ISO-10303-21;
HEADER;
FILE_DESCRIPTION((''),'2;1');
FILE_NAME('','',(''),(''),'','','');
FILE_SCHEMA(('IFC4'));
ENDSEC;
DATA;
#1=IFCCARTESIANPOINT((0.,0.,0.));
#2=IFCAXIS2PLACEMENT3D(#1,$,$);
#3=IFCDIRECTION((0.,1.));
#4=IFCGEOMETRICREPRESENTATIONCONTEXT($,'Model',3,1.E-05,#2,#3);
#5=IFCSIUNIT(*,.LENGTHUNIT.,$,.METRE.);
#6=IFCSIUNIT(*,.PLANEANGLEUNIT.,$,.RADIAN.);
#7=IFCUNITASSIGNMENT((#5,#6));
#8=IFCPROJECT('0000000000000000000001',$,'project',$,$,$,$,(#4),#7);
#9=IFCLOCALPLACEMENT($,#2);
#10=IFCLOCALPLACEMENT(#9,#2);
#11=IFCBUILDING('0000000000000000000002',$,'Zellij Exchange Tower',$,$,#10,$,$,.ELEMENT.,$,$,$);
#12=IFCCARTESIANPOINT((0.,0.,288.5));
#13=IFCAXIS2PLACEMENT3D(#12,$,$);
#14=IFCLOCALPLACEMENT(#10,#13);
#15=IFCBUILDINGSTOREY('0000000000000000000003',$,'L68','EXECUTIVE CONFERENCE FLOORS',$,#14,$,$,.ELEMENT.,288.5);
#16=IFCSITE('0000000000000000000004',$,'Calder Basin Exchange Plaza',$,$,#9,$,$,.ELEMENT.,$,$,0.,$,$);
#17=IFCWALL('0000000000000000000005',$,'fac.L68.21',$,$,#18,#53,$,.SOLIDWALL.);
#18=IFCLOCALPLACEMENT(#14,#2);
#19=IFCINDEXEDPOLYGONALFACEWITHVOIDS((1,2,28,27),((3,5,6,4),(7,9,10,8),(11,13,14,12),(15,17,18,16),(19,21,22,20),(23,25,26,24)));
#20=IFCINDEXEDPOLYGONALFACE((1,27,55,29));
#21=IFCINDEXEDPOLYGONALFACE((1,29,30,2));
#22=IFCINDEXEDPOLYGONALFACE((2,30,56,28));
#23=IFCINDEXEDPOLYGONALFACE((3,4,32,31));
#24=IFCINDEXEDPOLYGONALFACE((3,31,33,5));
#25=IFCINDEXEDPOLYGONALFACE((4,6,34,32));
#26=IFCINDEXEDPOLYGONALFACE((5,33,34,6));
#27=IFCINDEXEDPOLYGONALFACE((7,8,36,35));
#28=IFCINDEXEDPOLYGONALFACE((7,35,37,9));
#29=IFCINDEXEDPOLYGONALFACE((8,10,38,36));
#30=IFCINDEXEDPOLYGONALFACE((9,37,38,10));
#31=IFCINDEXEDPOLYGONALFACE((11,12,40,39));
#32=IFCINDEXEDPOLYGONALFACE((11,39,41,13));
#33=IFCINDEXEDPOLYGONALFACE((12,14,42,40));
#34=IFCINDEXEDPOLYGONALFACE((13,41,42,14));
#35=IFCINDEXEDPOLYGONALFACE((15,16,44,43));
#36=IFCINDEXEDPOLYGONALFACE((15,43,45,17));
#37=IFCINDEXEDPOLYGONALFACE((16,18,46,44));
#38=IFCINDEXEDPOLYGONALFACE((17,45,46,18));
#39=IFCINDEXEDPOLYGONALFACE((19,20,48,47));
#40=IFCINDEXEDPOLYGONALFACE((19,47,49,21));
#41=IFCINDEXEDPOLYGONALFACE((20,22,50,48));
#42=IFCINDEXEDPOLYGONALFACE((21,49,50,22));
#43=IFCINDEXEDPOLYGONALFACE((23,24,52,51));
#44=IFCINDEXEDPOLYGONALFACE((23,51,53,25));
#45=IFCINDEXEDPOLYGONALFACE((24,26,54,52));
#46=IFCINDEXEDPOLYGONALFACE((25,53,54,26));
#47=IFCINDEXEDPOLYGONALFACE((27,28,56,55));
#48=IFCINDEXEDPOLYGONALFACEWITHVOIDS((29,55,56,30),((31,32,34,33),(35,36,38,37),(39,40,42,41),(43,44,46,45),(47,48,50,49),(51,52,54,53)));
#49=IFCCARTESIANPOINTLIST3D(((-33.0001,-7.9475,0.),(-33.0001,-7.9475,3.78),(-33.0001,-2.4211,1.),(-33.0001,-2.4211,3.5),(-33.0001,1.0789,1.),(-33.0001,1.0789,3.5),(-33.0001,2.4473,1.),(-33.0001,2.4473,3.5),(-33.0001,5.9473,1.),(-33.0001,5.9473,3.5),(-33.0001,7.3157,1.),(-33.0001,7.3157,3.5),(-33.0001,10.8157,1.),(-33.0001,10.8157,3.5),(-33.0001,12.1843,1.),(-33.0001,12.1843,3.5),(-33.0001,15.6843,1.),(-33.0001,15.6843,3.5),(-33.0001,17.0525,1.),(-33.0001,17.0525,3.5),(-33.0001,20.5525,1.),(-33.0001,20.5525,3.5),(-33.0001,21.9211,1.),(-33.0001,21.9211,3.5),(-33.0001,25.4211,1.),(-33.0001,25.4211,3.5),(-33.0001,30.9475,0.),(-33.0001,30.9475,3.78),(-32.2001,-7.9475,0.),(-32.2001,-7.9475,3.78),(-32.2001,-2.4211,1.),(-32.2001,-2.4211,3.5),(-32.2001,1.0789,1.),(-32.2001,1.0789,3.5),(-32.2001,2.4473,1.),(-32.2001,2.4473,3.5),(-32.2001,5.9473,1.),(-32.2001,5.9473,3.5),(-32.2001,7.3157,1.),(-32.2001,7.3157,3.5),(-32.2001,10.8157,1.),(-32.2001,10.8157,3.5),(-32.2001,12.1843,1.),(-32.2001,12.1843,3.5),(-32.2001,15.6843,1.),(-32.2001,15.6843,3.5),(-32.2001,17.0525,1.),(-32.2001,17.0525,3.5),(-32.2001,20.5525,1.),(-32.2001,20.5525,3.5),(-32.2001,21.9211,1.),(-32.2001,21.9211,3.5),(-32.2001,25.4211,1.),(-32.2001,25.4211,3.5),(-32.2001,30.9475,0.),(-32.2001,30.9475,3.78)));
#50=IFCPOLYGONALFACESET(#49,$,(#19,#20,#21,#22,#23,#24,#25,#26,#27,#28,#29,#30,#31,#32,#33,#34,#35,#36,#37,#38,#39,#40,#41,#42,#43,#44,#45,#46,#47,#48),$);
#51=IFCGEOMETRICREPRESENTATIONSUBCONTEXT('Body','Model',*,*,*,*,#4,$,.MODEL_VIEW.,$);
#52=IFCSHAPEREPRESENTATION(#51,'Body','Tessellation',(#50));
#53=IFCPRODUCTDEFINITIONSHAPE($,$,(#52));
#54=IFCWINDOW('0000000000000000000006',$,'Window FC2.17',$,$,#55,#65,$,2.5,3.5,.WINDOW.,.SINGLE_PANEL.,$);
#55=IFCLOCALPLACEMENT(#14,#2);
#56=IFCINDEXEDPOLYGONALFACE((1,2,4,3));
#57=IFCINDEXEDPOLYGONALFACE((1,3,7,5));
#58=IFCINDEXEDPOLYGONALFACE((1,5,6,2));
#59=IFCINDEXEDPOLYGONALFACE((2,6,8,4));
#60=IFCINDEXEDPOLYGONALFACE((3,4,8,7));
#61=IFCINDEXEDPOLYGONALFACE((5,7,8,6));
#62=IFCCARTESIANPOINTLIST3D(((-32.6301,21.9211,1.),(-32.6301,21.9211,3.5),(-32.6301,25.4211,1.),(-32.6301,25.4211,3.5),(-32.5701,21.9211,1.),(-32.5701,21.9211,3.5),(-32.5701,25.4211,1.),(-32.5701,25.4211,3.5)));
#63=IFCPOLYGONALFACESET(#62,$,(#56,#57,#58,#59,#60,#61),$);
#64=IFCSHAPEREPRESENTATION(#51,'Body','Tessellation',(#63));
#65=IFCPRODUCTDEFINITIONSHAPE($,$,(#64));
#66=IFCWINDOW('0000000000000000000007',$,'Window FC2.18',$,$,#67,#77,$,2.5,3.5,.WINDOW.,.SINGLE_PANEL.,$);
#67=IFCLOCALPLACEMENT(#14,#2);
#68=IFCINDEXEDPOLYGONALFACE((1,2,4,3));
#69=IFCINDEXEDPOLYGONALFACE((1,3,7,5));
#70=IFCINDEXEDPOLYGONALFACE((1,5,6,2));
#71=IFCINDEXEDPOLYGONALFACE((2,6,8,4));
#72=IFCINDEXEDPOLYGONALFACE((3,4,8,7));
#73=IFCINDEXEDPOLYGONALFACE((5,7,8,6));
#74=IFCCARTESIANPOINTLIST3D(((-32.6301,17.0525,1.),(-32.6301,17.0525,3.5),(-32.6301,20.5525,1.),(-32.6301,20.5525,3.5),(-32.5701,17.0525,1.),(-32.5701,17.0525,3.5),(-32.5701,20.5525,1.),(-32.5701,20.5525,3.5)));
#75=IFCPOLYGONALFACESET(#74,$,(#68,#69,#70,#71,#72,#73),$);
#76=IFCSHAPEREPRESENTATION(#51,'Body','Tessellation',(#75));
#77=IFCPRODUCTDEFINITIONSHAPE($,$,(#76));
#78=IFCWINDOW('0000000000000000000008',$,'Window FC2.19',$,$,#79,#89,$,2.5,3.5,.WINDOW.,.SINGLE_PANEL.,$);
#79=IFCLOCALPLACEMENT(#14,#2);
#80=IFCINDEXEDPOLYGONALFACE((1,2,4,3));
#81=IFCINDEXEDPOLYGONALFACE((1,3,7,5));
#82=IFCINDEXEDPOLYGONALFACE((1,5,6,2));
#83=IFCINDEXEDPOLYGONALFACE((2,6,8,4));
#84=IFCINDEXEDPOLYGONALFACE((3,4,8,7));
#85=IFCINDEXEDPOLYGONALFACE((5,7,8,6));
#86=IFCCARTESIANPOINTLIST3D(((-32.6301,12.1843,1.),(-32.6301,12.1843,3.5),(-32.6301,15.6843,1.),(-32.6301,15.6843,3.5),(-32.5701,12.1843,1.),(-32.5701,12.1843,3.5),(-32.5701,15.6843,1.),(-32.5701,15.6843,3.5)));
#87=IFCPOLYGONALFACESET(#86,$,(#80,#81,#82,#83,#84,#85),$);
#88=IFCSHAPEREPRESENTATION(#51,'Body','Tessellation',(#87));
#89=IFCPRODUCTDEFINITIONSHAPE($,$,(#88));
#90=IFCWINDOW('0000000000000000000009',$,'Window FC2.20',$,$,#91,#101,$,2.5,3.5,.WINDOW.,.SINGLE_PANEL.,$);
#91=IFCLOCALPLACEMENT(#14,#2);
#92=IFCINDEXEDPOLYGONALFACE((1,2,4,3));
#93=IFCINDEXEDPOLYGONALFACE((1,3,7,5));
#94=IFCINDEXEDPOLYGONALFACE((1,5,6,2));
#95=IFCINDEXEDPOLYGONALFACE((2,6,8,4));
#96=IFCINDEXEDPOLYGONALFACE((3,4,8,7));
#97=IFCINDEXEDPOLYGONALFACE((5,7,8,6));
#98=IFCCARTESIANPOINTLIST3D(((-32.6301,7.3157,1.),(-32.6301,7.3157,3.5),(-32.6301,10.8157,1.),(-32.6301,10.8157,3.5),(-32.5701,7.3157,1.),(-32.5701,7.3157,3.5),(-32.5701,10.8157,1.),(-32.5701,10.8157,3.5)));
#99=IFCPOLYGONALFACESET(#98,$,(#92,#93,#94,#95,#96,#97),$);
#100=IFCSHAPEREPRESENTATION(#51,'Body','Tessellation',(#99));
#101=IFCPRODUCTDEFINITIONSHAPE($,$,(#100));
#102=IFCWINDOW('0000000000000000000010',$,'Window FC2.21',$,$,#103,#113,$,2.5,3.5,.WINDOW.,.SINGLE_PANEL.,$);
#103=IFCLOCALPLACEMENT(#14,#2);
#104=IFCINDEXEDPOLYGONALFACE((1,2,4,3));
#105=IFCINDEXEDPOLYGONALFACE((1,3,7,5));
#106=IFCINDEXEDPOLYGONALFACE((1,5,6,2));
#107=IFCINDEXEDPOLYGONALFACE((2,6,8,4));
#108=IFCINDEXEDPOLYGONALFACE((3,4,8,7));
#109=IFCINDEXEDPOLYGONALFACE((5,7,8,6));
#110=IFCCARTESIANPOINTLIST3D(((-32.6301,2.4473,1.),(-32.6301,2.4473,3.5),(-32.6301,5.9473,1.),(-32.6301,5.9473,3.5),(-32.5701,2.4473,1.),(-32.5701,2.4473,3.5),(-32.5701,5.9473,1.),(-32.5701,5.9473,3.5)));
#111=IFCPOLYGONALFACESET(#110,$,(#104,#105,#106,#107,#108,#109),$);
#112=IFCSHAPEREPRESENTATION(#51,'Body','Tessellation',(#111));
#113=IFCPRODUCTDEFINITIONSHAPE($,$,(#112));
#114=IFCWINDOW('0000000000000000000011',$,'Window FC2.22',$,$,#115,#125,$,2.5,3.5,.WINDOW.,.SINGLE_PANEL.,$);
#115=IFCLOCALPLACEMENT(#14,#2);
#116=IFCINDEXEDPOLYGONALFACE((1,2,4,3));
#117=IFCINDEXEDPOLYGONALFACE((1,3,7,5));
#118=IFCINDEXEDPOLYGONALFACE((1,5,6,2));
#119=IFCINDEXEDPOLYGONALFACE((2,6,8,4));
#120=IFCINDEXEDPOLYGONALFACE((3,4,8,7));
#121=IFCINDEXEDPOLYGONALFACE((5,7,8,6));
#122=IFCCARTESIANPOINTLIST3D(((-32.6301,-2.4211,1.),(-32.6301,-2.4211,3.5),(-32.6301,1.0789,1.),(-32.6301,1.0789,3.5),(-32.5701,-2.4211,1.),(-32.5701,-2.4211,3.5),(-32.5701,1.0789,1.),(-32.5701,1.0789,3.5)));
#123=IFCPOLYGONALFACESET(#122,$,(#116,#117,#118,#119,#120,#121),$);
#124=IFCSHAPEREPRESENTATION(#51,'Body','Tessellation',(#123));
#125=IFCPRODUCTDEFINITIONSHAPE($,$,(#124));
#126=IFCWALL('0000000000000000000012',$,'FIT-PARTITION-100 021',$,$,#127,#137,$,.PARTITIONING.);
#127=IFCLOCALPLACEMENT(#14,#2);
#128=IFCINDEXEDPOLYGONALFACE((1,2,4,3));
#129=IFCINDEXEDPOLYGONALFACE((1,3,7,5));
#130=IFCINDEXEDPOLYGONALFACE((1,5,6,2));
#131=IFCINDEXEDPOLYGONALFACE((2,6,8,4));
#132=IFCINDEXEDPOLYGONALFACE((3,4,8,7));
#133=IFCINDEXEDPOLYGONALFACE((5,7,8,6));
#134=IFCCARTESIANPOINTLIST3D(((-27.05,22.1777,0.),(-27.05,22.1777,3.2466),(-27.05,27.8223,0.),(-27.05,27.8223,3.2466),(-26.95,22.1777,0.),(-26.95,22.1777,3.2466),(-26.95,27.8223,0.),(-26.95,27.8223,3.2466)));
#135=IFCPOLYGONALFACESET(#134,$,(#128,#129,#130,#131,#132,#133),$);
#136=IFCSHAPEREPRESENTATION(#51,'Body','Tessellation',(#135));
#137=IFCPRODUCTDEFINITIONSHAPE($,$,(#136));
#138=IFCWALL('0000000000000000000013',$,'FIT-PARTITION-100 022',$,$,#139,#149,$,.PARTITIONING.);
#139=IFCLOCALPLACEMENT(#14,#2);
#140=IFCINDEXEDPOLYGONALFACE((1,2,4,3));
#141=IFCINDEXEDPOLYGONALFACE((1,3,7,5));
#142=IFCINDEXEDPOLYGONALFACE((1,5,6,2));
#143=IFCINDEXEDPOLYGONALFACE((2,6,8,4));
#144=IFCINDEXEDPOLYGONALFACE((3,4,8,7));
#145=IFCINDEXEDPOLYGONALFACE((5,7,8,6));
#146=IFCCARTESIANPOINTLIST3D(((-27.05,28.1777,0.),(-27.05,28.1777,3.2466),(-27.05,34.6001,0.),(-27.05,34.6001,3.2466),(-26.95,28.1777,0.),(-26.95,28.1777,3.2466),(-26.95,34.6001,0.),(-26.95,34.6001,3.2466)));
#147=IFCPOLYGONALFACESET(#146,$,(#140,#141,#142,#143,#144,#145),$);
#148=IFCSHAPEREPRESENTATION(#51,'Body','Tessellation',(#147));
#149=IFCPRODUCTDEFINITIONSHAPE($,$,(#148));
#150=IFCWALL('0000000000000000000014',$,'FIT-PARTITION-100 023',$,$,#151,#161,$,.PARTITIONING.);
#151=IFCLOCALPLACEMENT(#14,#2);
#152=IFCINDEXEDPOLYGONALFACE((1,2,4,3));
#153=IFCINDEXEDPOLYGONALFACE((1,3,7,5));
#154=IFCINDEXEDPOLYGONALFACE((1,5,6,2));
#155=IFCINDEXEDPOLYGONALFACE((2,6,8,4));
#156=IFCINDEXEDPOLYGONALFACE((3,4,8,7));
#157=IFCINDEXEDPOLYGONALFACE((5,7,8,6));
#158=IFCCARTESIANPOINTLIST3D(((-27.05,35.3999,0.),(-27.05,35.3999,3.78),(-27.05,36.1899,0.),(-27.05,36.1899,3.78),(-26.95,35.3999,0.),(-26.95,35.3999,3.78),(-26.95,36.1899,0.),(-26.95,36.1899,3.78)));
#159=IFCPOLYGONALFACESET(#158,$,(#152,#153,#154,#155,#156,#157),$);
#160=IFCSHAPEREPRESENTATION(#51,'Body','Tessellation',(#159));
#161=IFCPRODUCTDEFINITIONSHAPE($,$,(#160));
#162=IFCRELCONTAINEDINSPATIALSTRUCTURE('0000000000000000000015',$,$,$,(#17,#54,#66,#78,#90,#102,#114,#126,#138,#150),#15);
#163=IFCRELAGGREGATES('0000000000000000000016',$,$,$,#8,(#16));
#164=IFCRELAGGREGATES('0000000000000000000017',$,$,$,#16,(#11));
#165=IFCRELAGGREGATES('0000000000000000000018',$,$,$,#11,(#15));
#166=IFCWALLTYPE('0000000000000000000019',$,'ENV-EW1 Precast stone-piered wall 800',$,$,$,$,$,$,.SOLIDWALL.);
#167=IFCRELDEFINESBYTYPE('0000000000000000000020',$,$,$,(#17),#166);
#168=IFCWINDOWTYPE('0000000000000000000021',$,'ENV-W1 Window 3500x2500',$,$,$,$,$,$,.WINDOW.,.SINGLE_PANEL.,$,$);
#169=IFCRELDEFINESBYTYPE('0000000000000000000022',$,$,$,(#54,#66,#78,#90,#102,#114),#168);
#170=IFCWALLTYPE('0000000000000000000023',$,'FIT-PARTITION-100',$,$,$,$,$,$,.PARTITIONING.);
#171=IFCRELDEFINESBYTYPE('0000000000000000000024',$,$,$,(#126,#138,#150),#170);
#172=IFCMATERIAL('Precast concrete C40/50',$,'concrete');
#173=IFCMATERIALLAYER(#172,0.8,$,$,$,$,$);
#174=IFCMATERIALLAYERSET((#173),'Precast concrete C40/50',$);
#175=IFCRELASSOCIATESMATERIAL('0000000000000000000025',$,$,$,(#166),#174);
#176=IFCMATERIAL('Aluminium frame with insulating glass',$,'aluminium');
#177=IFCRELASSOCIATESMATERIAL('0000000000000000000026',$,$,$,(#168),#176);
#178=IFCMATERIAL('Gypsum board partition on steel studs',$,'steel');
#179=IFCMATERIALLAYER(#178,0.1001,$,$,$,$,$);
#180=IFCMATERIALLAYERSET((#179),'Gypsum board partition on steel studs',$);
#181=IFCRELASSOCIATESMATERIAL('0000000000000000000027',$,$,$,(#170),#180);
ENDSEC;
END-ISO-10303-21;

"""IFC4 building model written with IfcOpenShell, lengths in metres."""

from ifc_helpers import new_model, si_unit, direction, frame, frame_2d, origin, place, context, subcontext, project, spatial, rectangle, extrude, material, layer, layer_set, type_object, element, fill, save


model = new_model("IFC4")

# Units and contexts
model_context = context("Model", 3, precision=1e-05, world=origin(), true_north=direction((0.0, 1.0)))
body_context = subcontext(model_context, "Body", "Model", "MODEL_VIEW")
ifc_project = project(units=[si_unit("LENGTHUNIT", "METRE"), si_unit("PLANEANGLEUNIT", "RADIAN")], contexts=[model_context])

# Site, building, storey
site_placement = place(None, origin())
site = spatial("IfcSite", under=ifc_project, at=site_placement, Name="Calder Basin Exchange Plaza", CompositionType="ELEMENT", RefElevation=0.0)
building_placement = place(site_placement, origin())
building = spatial("IfcBuilding", under=site, at=building_placement, Name="Zellij Exchange Tower", CompositionType="ELEMENT")
storey_placement = place(building_placement, frame((0.0, 0.0, 288.5)))
storey = spatial("IfcBuildingStorey", under=building, at=storey_placement, Name="L68", Description="EXECUTIVE CONFERENCE FLOORS", CompositionType="ELEMENT", Elevation=288.5)

# Shared definitions
ifc_material_1 = material(Name="Precast concrete C40/50", Category="concrete")
ifc_layer_1 = layer(ifc_material_1, 0.8)
ifc_layer_set_1 = layer_set([ifc_layer_1], Name="Precast concrete C40/50")
wall_type_1 = type_object("IfcWallType", Name="ENV-EW1 Precast stone-piered wall 800", PredefinedType="SOLIDWALL", material=ifc_layer_set_1)

# Wall, openings, windows
wall_1_placement = place(storey_placement, frame((-32.6001, 30.9475, 0.0), z_axis=(0.0, 0.0, 1.0), x_axis=(0.0, -1.0, 0.0)))
wall_1 = element("IfcWall", 1, at=wall_1_placement, inside=storey, type_object=wall_type_1, Name="fac.L68.21", PredefinedType="SOLIDWALL", context=body_context, shape_type="SweptSolid", body=[
    extrude(rectangle(XDim=38.895, YDim=0.8, at=frame_2d((19.4475, 0.0))), origin(), (0.0, 0.0, 1.0), 3.78),
])
opening_1_placement = place(wall_1_placement, frame((5.5264, 0.0, 1.0)))
opening_1 = element("IfcOpeningElement", 2, at=opening_1_placement, cuts=wall_1, PredefinedType="OPENING", context=body_context, shape_type="SweptSolid", body=[
    extrude(rectangle(XDim=3.5, YDim=2.5, at=frame_2d((1.75, 1.25))), frame((0.0, 0.4121, 0.0), z_axis=(0.0, -1.0, 0.0), x_axis=(1.0, 0.0, 0.0)), (0.0, 0.0, 1.0), 0.824),
])
opening_2_placement = place(wall_1_placement, frame((10.395, 0.0, 1.0)))
opening_2 = element("IfcOpeningElement", 3, at=opening_2_placement, cuts=wall_1, PredefinedType="OPENING", context=body_context, shape_type="SweptSolid", body=[
    extrude(rectangle(XDim=3.5, YDim=2.5, at=frame_2d((1.75, 1.25))), frame((0.0, 0.4121, 0.0), z_axis=(0.0, -1.0, 0.0), x_axis=(1.0, 0.0, 0.0)), (0.0, 0.0, 1.0), 0.824),
])
opening_3_placement = place(wall_1_placement, frame((15.2632, 0.0, 1.0)))
opening_3 = element("IfcOpeningElement", 4, at=opening_3_placement, cuts=wall_1, PredefinedType="OPENING", context=body_context, shape_type="SweptSolid", body=[
    extrude(rectangle(XDim=3.5, YDim=2.5, at=frame_2d((1.75, 1.25))), frame((0.0, 0.4121, 0.0), z_axis=(0.0, -1.0, 0.0), x_axis=(1.0, 0.0, 0.0)), (0.0, 0.0, 1.0), 0.824),
])
opening_4_placement = place(wall_1_placement, frame((20.1318, 0.0, 1.0)))
opening_4 = element("IfcOpeningElement", 5, at=opening_4_placement, cuts=wall_1, PredefinedType="OPENING", context=body_context, shape_type="SweptSolid", body=[
    extrude(rectangle(XDim=3.5, YDim=2.5, at=frame_2d((1.75, 1.25))), frame((0.0, 0.4121, 0.0), z_axis=(0.0, -1.0, 0.0), x_axis=(1.0, 0.0, 0.0)), (0.0, 0.0, 1.0), 0.824),
])
opening_5_placement = place(wall_1_placement, frame((25.0002, 0.0, 1.0)))
opening_5 = element("IfcOpeningElement", 6, at=opening_5_placement, cuts=wall_1, PredefinedType="OPENING", context=body_context, shape_type="SweptSolid", body=[
    extrude(rectangle(XDim=3.5, YDim=2.5, at=frame_2d((1.75, 1.25))), frame((0.0, 0.4121, 0.0), z_axis=(0.0, -1.0, 0.0), x_axis=(1.0, 0.0, 0.0)), (0.0, 0.0, 1.0), 0.824),
])
opening_6_placement = place(wall_1_placement, frame((29.8687, 0.0, 1.0)))
opening_6 = element("IfcOpeningElement", 7, at=opening_6_placement, cuts=wall_1, PredefinedType="OPENING", context=body_context, shape_type="SweptSolid", body=[
    extrude(rectangle(XDim=3.5, YDim=2.5, at=frame_2d((1.75, 1.25))), frame((0.0, 0.4121, 0.0), z_axis=(0.0, -1.0, 0.0), x_axis=(1.0, 0.0, 0.0)), (0.0, 0.0, 1.0), 0.824),
])
ifc_material_2 = material(Name="Aluminium frame with insulating glass", Category="aluminium")
window_type = type_object("IfcWindowType", Name="ENV-W1 Window 3500x2500", PartitioningType="SINGLE_PANEL", PredefinedType="WINDOW", material=ifc_material_2)
window_1_placement = place(opening_1_placement, origin())
window_1 = element("IfcWindow", 8, at=window_1_placement, inside=storey, type_object=window_type, Name="Window FC2.17", OverallHeight=2.5, OverallWidth=3.5, PartitioningType="SINGLE_PANEL", PredefinedType="WINDOW", context=body_context, shape_type="SweptSolid", body=[
    extrude(rectangle(XDim=3.5, YDim=2.5, at=frame_2d((1.75, 1.25))), frame((0.0, 0.03, 0.0), z_axis=(0.0, -1.0, 0.0), x_axis=(1.0, 0.0, 0.0)), (0.0, 0.0, 1.0), 0.0601),
])
fill(opening_1, window_1)
window_2_placement = place(opening_2_placement, origin())
window_2 = element("IfcWindow", 9, at=window_2_placement, inside=storey, type_object=window_type, Name="Window FC2.18", OverallHeight=2.5, OverallWidth=3.5, PartitioningType="SINGLE_PANEL", PredefinedType="WINDOW", context=body_context, shape_type="SweptSolid", body=[
    extrude(rectangle(XDim=3.5, YDim=2.5, at=frame_2d((1.75, 1.25))), frame((0.0, 0.03, 0.0), z_axis=(0.0, -1.0, 0.0), x_axis=(1.0, 0.0, 0.0)), (0.0, 0.0, 1.0), 0.0601),
])
fill(opening_2, window_2)
window_3_placement = place(opening_3_placement, origin())
window_3 = element("IfcWindow", 10, at=window_3_placement, inside=storey, type_object=window_type, Name="Window FC2.19", OverallHeight=2.5, OverallWidth=3.5, PartitioningType="SINGLE_PANEL", PredefinedType="WINDOW", context=body_context, shape_type="SweptSolid", body=[
    extrude(rectangle(XDim=3.5, YDim=2.5, at=frame_2d((1.75, 1.25))), frame((0.0, 0.03, 0.0), z_axis=(0.0, -1.0, 0.0), x_axis=(1.0, 0.0, 0.0)), (0.0, 0.0, 1.0), 0.0601),
])
fill(opening_3, window_3)
window_4_placement = place(opening_4_placement, origin())
window_4 = element("IfcWindow", 11, at=window_4_placement, inside=storey, type_object=window_type, Name="Window FC2.20", OverallHeight=2.5, OverallWidth=3.5, PartitioningType="SINGLE_PANEL", PredefinedType="WINDOW", context=body_context, shape_type="SweptSolid", body=[
    extrude(rectangle(XDim=3.5, YDim=2.5, at=frame_2d((1.75, 1.25))), frame((0.0, 0.03, 0.0), z_axis=(0.0, -1.0, 0.0), x_axis=(1.0, 0.0, 0.0)), (0.0, 0.0, 1.0), 0.0601),
])
fill(opening_4, window_4)
window_5_placement = place(opening_5_placement, origin())
window_5 = element("IfcWindow", 12, at=window_5_placement, inside=storey, type_object=window_type, Name="Window FC2.21", OverallHeight=2.5, OverallWidth=3.5, PartitioningType="SINGLE_PANEL", PredefinedType="WINDOW", context=body_context, shape_type="SweptSolid", body=[
    extrude(rectangle(XDim=3.5, YDim=2.5, at=frame_2d((1.75, 1.25))), frame((0.0, 0.03, 0.0), z_axis=(0.0, -1.0, 0.0), x_axis=(1.0, 0.0, 0.0)), (0.0, 0.0, 1.0), 0.0601),
])
fill(opening_5, window_5)
window_6_placement = place(opening_6_placement, origin())
window_6 = element("IfcWindow", 13, at=window_6_placement, inside=storey, type_object=window_type, Name="Window FC2.22", OverallHeight=2.5, OverallWidth=3.5, PartitioningType="SINGLE_PANEL", PredefinedType="WINDOW", context=body_context, shape_type="SweptSolid", body=[
    extrude(rectangle(XDim=3.5, YDim=2.5, at=frame_2d((1.75, 1.25))), frame((0.0, 0.03, 0.0), z_axis=(0.0, -1.0, 0.0), x_axis=(1.0, 0.0, 0.0)), (0.0, 0.0, 1.0), 0.0601),
])
fill(opening_6, window_6)

# Walls
ifc_material_3 = material(Name="Gypsum board partition on steel studs", Category="steel")
ifc_layer_2 = layer(ifc_material_3, 0.1001)
ifc_layer_set_2 = layer_set([ifc_layer_2], Name="Gypsum board partition on steel studs")
wall_type_2 = type_object("IfcWallType", Name="FIT-PARTITION-100", PredefinedType="PARTITIONING", material=ifc_layer_set_2)
wall_2_placement = place(storey_placement, frame((-27.0, 22.1777, 0.0), z_axis=(0.0, 0.0, 1.0), x_axis=(0.0, 1.0, 0.0)))
element("IfcWall", 14, at=wall_2_placement, inside=storey, type_object=wall_type_2, Name="FIT-PARTITION-100 021", PredefinedType="PARTITIONING", context=body_context, shape_type="SweptSolid", body=[
    extrude(rectangle(XDim=5.6445, YDim=0.1001, at=frame_2d((2.8223, 0.0))), origin(), (0.0, 0.0, 1.0), 3.2466),
])
wall_3_placement = place(storey_placement, frame((-27.0, 28.1777, 0.0), z_axis=(0.0, 0.0, 1.0), x_axis=(0.0, 1.0, 0.0)))
element("IfcWall", 15, at=wall_3_placement, inside=storey, type_object=wall_type_2, Name="FIT-PARTITION-100 022", PredefinedType="PARTITIONING", context=body_context, shape_type="SweptSolid", body=[
    extrude(rectangle(XDim=6.4224, YDim=0.1001, at=frame_2d((3.2112, 0.0))), origin(), (0.0, 0.0, 1.0), 3.2466),
])
wall_4_placement = place(storey_placement, frame((-27.0, 35.3999, 0.0), z_axis=(0.0, 0.0, 1.0), x_axis=(0.0, 1.0, 0.0)))
element("IfcWall", 16, at=wall_4_placement, inside=storey, type_object=wall_type_2, Name="FIT-PARTITION-100 023", PredefinedType="PARTITIONING", context=body_context, shape_type="SweptSolid", body=[
    extrude(rectangle(XDim=0.79, YDim=0.1001, at=frame_2d((0.395, 0.0))), origin(), (0.0, 0.0, 1.0), 3.78),
])

save(model, "model.ifc")
